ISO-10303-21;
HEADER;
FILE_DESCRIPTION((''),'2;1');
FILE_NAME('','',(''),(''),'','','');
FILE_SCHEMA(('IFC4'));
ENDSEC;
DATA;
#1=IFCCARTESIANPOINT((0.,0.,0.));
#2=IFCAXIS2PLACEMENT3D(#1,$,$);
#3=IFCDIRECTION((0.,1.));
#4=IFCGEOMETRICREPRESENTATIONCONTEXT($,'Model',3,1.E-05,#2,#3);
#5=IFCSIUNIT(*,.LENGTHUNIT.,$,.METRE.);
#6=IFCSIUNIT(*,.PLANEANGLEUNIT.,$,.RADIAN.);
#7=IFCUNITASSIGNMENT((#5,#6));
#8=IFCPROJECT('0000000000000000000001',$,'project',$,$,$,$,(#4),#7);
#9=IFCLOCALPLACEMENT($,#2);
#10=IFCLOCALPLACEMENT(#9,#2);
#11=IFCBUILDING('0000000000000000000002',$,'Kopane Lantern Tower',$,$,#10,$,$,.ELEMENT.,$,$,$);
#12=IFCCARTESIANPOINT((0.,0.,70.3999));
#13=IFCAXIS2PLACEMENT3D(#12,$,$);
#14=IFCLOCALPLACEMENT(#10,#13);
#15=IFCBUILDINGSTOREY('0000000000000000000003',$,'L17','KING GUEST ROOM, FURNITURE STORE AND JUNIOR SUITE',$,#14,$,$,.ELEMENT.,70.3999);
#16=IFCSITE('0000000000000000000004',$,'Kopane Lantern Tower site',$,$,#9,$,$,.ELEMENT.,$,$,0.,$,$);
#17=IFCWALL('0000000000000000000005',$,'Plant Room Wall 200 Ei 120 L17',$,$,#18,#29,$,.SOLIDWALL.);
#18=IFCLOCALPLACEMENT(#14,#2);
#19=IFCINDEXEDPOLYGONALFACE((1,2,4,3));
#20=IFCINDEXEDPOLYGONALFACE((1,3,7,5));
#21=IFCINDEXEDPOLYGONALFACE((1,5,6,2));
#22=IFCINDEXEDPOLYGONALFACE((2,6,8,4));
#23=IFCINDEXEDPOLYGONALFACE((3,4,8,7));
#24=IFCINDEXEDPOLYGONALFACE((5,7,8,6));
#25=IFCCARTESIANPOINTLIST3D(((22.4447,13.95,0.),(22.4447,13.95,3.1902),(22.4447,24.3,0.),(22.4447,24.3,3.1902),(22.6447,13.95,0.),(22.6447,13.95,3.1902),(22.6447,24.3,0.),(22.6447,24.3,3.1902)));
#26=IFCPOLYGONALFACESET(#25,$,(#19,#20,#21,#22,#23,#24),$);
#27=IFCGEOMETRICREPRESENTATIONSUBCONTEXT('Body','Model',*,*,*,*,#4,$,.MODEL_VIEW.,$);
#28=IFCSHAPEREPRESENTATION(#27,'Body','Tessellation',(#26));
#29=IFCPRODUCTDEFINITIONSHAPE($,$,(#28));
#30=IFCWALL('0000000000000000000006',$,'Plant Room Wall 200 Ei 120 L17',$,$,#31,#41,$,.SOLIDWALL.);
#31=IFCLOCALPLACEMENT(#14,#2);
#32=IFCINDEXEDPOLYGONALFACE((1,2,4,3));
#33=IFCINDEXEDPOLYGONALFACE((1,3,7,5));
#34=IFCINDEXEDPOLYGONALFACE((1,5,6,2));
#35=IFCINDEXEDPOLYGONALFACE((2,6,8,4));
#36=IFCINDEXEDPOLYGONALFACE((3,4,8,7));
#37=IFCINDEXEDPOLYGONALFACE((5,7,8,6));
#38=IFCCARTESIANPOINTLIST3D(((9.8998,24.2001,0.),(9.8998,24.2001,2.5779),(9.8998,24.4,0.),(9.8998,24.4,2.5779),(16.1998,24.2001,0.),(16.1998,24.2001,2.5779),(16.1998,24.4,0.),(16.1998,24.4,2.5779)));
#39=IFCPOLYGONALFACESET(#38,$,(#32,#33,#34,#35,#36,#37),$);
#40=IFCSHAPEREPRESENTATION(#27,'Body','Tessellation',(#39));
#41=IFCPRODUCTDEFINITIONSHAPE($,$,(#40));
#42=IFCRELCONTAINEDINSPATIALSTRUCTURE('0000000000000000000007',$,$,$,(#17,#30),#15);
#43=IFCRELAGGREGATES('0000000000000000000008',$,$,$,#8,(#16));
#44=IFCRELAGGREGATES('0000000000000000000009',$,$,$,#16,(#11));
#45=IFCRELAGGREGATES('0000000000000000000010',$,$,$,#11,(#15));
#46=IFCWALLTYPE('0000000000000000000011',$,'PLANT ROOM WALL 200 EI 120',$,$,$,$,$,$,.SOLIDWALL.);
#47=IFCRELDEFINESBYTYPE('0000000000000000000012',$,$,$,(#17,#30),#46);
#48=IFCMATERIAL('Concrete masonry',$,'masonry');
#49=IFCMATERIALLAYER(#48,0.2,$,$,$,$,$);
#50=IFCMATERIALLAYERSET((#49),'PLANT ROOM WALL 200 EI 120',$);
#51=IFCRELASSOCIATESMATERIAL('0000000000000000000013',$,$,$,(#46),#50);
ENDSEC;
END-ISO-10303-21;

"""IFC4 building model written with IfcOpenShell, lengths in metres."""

from ifc_helpers import new_model, si_unit, direction, frame, frame_2d, origin, place, context, subcontext, project, spatial, rectangle, extrude, material, layer, layer_set, type_object, element, save


model = new_model("IFC4")

# Units and contexts
model_context = context("Model", 3, precision=1e-05, world=origin(), true_north=direction((0.0, 1.0)))
body_context = subcontext(model_context, "Body", "Model", "MODEL_VIEW")
ifc_project = project(units=[si_unit("LENGTHUNIT", "METRE"), si_unit("PLANEANGLEUNIT", "RADIAN")], contexts=[model_context])

# Site, building, storey
site_placement = place(None, origin())
site = spatial("IfcSite", under=ifc_project, at=site_placement, Name="Kopane Lantern Tower site", CompositionType="ELEMENT", RefElevation=0.0)
building_placement = place(site_placement, origin())
building = spatial("IfcBuilding", under=site, at=building_placement, Name="Kopane Lantern Tower", CompositionType="ELEMENT")
storey_placement = place(building_placement, frame((0.0, 0.0, 70.3999)))
storey = spatial("IfcBuildingStorey", under=building, at=storey_placement, Name="L17", Description="KING GUEST ROOM, FURNITURE STORE AND JUNIOR SUITE", CompositionType="ELEMENT", Elevation=70.3999)

# Walls
ifc_material_1 = material(Name="Concrete masonry", Category="masonry")
ifc_layer_1 = layer(ifc_material_1, 0.2)
ifc_layer_set_1 = layer_set([ifc_layer_1], Name="PLANT ROOM WALL 200 EI 120")
wall_type_1 = type_object("IfcWallType", Name="PLANT ROOM WALL 200 EI 120", PredefinedType="SOLIDWALL", material=ifc_layer_set_1)
for number, where, z_axis, x_axis, name in (
    (1, (22.5447, 13.95, 0.0), (0.0, 0.0, 1.0), (0.0, 1.0, 0.0), "Plant Room Wall 200 Ei 120 L17"),
):
    element("IfcWall", number, at=place(storey_placement, frame(where, z_axis=z_axis, x_axis=x_axis)), inside=storey, type_object=wall_type_1, Name=name, PredefinedType="SOLIDWALL", context=body_context, shape_type="SweptSolid", body=[
        extrude(rectangle(XDim=10.3501, YDim=0.2, at=frame_2d((5.175, 0.0))), origin(), (0.0, 0.0, 1.0), 3.1902),
    ])
wall_1_placement = place(storey_placement, frame((9.8999, 24.3, 0.0), z_axis=(0.0, 0.0, 1.0), x_axis=(1.0, 0.0, 0.0)))
element("IfcWall", 2, at=wall_1_placement, inside=storey, type_object=wall_type_1, Name="Plant Room Wall 200 Ei 120 L17", PredefinedType="SOLIDWALL", context=body_context, shape_type="SweptSolid", body=[
    extrude(rectangle(XDim=6.3, YDim=0.2, at=frame_2d((3.1499, 0.0))), origin(), (0.0, 0.0, 1.0), 2.5779),
])

save(model, "model.ifc")
